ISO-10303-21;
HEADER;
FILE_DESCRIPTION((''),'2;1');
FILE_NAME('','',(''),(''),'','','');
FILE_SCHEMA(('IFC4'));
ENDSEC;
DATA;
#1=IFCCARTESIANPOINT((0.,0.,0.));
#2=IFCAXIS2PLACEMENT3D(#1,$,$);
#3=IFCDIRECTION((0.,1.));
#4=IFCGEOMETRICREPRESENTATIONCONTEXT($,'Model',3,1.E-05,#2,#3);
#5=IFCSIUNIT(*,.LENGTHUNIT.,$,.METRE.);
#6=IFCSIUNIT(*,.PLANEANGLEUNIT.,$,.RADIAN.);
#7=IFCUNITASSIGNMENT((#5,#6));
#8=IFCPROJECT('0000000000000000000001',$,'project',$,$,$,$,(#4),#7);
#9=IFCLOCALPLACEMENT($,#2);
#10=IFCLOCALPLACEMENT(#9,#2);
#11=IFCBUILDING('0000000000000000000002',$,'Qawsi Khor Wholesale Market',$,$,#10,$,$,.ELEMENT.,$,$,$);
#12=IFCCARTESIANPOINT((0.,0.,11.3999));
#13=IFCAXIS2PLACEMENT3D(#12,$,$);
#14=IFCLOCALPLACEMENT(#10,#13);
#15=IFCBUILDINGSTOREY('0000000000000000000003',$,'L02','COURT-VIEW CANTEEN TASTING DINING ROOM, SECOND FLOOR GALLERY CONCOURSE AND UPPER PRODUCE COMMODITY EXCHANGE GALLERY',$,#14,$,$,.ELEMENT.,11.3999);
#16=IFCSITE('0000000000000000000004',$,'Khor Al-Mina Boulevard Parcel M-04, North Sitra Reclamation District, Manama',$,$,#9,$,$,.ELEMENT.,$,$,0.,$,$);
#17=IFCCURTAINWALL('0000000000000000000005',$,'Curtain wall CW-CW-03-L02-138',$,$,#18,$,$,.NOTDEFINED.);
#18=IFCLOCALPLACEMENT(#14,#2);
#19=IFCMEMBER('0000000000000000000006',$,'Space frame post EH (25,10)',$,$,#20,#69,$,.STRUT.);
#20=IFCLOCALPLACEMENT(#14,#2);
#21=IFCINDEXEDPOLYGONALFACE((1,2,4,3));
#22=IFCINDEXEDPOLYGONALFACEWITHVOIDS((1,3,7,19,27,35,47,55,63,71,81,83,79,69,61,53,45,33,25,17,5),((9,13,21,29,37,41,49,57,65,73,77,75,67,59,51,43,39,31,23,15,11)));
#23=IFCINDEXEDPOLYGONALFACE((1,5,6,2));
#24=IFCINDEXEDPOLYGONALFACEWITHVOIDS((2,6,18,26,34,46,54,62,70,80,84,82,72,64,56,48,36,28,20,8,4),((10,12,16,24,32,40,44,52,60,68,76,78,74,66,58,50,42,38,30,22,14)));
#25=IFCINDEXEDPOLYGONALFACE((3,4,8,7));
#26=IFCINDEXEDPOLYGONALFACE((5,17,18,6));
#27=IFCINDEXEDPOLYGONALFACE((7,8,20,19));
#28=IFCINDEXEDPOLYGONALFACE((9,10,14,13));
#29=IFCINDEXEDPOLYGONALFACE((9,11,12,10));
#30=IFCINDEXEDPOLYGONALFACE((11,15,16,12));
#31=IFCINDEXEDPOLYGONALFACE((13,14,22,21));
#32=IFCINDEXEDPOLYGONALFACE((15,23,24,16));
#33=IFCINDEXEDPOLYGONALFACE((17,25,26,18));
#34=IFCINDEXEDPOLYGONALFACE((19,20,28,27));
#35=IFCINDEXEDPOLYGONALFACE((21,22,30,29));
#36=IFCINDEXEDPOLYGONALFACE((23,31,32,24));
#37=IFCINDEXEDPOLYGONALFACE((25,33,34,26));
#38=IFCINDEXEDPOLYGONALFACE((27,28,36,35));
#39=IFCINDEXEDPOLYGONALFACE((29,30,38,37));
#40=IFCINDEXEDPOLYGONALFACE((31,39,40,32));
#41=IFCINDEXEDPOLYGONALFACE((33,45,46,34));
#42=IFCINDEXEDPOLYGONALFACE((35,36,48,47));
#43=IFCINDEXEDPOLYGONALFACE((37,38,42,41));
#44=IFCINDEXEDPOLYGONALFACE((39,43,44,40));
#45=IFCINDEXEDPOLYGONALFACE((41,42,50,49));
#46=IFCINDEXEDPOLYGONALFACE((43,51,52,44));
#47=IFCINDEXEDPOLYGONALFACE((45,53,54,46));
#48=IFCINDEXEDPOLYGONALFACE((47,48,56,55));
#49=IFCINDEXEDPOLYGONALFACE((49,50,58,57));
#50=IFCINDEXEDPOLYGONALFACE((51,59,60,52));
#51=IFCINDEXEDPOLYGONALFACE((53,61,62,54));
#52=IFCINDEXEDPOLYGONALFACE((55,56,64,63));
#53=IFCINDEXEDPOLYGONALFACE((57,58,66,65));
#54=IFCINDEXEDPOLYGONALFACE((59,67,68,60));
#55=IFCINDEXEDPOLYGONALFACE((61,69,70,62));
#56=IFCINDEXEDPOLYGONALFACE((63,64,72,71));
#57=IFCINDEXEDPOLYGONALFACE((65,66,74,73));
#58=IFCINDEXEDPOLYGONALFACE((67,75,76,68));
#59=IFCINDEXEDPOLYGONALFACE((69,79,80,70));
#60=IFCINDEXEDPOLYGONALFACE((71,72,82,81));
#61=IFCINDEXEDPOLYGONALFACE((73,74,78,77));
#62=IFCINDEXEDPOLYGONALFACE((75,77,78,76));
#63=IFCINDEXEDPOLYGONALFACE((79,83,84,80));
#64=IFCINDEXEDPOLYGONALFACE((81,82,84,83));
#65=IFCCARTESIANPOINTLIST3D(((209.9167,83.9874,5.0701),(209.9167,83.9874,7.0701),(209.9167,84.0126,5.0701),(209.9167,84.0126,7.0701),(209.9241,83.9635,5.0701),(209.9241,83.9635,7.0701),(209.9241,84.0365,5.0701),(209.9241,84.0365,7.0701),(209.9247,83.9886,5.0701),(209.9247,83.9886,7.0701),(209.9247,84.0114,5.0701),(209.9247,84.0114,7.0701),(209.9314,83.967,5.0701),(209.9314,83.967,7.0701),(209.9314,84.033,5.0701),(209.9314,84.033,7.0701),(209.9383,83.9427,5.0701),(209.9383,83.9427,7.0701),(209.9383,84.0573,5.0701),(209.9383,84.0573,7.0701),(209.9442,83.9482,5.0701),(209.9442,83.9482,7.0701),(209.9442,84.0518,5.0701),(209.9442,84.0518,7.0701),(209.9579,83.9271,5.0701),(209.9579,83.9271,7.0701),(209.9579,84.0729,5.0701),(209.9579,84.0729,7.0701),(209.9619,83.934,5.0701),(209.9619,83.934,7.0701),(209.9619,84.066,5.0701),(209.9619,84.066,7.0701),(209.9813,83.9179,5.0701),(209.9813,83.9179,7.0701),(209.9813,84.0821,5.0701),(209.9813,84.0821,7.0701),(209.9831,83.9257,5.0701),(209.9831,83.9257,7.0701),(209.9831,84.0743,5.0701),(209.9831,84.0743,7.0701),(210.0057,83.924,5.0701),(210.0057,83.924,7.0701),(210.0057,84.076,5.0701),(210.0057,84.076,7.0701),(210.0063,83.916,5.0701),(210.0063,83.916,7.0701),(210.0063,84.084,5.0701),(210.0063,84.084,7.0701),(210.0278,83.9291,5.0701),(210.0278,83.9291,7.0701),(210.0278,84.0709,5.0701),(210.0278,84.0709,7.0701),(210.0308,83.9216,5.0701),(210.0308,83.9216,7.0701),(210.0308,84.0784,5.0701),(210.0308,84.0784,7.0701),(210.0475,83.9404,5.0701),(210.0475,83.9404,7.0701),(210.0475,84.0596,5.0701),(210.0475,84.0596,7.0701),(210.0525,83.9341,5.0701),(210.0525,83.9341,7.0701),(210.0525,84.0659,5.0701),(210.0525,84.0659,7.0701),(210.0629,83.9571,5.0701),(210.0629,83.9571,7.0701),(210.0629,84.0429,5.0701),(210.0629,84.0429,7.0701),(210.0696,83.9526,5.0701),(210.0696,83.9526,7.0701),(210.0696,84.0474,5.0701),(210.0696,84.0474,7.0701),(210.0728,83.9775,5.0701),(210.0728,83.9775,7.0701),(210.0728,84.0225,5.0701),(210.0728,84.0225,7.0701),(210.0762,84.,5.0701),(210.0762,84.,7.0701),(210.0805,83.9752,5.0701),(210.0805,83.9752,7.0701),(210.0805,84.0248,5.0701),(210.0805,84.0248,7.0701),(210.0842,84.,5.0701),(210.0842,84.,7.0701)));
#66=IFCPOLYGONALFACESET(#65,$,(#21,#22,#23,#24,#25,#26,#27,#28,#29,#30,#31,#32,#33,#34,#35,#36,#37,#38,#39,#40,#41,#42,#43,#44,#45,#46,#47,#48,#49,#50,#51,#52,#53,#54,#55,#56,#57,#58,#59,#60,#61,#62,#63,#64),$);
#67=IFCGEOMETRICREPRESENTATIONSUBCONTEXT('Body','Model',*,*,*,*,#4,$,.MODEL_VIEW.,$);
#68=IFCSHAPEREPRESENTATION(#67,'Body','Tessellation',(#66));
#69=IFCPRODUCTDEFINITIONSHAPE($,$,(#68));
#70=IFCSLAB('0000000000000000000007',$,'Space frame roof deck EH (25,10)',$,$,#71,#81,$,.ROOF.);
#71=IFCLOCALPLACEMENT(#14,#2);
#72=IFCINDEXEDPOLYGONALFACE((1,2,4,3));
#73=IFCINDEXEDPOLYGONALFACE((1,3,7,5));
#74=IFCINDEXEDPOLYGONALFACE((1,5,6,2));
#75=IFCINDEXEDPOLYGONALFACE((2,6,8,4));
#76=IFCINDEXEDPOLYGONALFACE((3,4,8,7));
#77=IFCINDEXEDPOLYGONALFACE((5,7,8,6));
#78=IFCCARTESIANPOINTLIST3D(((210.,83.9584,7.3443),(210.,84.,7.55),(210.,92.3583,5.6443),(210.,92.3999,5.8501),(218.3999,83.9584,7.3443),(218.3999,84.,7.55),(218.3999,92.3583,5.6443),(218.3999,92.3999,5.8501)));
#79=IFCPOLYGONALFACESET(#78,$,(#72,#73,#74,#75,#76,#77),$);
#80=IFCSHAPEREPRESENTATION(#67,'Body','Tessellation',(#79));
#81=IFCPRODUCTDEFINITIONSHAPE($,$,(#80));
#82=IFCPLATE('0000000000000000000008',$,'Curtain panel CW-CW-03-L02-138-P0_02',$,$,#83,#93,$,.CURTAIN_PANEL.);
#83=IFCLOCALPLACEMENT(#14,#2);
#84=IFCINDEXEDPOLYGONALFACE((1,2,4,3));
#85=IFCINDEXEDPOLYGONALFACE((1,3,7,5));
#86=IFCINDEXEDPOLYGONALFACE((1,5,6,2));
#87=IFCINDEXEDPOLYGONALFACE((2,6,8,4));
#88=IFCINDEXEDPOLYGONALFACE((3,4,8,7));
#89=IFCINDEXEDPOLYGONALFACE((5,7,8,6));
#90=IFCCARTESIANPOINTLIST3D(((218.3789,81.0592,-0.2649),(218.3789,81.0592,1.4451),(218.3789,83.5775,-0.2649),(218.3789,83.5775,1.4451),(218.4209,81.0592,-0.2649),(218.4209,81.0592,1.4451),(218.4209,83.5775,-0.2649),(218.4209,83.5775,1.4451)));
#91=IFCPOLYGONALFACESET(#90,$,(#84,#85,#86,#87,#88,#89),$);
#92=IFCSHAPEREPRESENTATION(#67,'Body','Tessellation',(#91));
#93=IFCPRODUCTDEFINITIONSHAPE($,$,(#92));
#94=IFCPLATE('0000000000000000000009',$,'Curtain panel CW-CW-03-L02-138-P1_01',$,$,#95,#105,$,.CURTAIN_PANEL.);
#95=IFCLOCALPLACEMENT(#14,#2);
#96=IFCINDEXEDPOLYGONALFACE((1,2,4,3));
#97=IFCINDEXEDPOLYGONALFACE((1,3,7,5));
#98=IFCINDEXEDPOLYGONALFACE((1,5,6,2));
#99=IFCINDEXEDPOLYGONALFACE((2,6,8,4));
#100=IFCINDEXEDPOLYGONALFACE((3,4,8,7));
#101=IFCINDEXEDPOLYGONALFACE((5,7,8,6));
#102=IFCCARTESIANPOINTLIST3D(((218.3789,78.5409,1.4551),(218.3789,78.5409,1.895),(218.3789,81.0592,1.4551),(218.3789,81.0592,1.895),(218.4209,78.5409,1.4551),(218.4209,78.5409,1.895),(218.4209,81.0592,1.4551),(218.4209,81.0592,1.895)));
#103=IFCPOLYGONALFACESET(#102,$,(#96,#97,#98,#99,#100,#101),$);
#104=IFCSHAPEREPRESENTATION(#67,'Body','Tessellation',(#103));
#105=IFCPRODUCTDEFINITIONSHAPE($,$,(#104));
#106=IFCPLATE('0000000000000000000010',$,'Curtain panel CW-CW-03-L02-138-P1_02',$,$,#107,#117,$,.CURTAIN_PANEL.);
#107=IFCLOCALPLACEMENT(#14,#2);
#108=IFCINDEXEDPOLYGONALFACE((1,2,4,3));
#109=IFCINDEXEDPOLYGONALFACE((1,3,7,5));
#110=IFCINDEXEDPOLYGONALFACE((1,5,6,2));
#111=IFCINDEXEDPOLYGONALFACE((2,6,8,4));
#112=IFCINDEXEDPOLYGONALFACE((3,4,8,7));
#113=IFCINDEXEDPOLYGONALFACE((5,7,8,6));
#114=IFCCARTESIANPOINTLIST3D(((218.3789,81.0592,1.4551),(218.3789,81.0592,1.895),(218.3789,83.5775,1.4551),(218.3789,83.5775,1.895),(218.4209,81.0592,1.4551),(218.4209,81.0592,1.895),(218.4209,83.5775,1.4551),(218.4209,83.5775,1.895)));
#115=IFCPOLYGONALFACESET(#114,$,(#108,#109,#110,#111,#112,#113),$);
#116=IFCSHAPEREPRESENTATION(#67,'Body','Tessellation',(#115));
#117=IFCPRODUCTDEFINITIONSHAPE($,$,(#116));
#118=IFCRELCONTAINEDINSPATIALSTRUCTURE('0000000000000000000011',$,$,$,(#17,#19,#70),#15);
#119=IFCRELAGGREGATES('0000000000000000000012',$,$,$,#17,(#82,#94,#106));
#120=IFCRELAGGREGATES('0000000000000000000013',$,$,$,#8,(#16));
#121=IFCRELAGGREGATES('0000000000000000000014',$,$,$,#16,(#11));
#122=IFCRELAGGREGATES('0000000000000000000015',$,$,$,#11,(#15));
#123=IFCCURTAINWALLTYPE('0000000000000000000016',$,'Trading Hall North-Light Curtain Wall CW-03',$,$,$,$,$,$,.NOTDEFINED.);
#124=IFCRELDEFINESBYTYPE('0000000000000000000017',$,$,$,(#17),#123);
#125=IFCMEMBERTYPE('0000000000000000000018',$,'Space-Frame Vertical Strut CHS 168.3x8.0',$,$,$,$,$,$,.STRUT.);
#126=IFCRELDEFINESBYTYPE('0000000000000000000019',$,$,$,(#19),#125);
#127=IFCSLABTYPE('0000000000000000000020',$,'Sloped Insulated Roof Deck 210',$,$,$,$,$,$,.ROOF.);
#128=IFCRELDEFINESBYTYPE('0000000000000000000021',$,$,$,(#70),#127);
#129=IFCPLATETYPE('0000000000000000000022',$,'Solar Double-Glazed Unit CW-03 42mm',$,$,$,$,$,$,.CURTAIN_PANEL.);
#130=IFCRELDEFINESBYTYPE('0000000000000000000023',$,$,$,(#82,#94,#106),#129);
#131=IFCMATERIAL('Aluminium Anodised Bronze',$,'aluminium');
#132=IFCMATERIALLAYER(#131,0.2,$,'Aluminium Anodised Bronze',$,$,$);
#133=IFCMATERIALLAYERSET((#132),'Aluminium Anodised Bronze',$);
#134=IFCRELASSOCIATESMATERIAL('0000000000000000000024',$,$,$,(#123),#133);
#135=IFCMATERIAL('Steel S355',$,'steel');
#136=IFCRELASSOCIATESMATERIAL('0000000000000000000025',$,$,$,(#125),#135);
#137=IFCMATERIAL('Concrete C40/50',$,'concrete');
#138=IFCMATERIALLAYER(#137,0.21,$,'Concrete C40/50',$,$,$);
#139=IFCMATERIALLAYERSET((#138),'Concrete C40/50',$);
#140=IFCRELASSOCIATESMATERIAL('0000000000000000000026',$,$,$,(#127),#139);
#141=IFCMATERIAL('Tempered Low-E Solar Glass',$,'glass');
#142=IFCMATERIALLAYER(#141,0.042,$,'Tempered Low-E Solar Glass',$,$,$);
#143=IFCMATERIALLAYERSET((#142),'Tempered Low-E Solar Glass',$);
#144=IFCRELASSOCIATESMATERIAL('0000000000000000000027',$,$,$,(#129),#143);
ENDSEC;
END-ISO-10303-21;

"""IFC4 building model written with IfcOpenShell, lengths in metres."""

from ifc_helpers import new_model, si_unit, direction, frame, frame_2d, origin, origin_2d, place, context, subcontext, project, spatial, polyline, rectangle, hollow_circle, outline, extrude, material, layer, layer_set, material_profile, profile_set, type_object, element, aggregate, save


model = new_model("IFC4")

# Units and contexts
model_context = context("Model", 3, precision=1e-05, world=origin(), true_north=direction((0.0, 1.0)))
body_context = subcontext(model_context, "Body", "Model", "MODEL_VIEW")
ifc_project = project(units=[si_unit("LENGTHUNIT", "METRE"), si_unit("PLANEANGLEUNIT", "RADIAN")], contexts=[model_context])

# Site, building, storey
site_placement = place(None, origin())
site = spatial("IfcSite", under=ifc_project, at=site_placement, Name="Khor Al-Mina Boulevard Parcel M-04, North Sitra Reclamation District, Manama", CompositionType="ELEMENT", RefElevation=0.0)
building_placement = place(site_placement, origin())
building = spatial("IfcBuilding", under=site, at=building_placement, Name="Qawsi Khor Wholesale Market", CompositionType="ELEMENT")
storey_placement = place(building_placement, frame((0.0, 0.0, 11.3999)))
storey = spatial("IfcBuildingStorey", under=building, at=storey_placement, Name="L02", Description="COURT-VIEW CANTEEN TASTING DINING ROOM, SECOND FLOOR GALLERY CONCOURSE AND UPPER PRODUCE COMMODITY EXCHANGE GALLERY", CompositionType="ELEMENT", Elevation=11.3999)

# Shared definitions
ifc_material_1 = material(Name="Concrete C40/50", Category="concrete")

# Curtain wall
ifc_material_2 = material(Name="Aluminium Anodised Bronze", Category="aluminium")
ifc_layer_1 = layer(ifc_material_2, 0.2, Name="Aluminium Anodised Bronze")
ifc_layer_set_1 = layer_set([ifc_layer_1], Name="Aluminium Anodised Bronze")
curtain_wall_type = type_object("IfcCurtainWallType", Name="Trading Hall North-Light Curtain Wall CW-03", PredefinedType="NOTDEFINED", material=ifc_layer_set_1)
curtain_wall_placement = place(storey_placement, origin())
curtain_wall = element("IfcCurtainWall", 1, at=curtain_wall_placement, inside=storey, type_object=curtain_wall_type, Name="Curtain wall CW-CW-03-L02-138", PredefinedType="NOTDEFINED")

# Member
ifc_material_3 = material(Name="Steel S355", Category="steel")
ifc_material_profile_1 = material_profile(ifc_material_3, hollow_circle(Radius=0.0842, WallThickness=0.0081, at=origin_2d()), Name="CHS 168.3x8.0")
ifc_profile_set_1 = profile_set([ifc_material_profile_1], Name="Steel S355")
member_type_1 = type_object("IfcMemberType", Name="Space-Frame Vertical Strut CHS 168.3x8.0", PredefinedType="STRUT", material=ifc_profile_set_1)
member_1_placement = place(storey_placement, frame((210.0, 84.0, 5.0701), z_axis=(0.0, 0.0, 1.0), x_axis=(1.0, 0.0, 0.0)))
element("IfcMember", 2, at=member_1_placement, inside=storey, type_object=member_type_1, Name="Space frame post EH (25,10)", PredefinedType="STRUT", context=body_context, shape_type="SweptSolid", body=[
    extrude(hollow_circle(Radius=0.0842, WallThickness=0.0081, at=origin_2d()), origin(), (0.0, 0.0, 1.0), 2.0),
])

# Slab
ifc_layer_2 = layer(ifc_material_1, 0.21, Name="Concrete C40/50")
ifc_layer_set_2 = layer_set([ifc_layer_2], Name="Concrete C40/50")
slab_type = type_object("IfcSlabType", Name="Sloped Insulated Roof Deck 210", PredefinedType="ROOF", material=ifc_layer_set_2)
slab_placement = place(storey_placement, frame((210.0, 84.0, 7.55), z_axis=(0.0, 0.198356, 0.98013), x_axis=(1.0, 0.0, 0.0)))
element("IfcSlab", 3, at=slab_placement, inside=storey, type_object=slab_type, Name="Space frame roof deck EH (25,10)", PredefinedType="ROOF", context=body_context, shape_type="SweptSolid", body=[
    extrude(outline(polyline([(0.0, 0.0), (8.3999, 0.0), (8.3999, 8.5702), (0.0, 8.5702), (0.0, 0.0)])), origin(), (0.0, 0.0, -1.0), 0.21),
])

# Plates
ifc_material_4 = material(Name="Tempered Low-E Solar Glass", Category="glass")
ifc_layer_3 = layer(ifc_material_4, 0.042, Name="Tempered Low-E Solar Glass")
ifc_layer_set_3 = layer_set([ifc_layer_3], Name="Tempered Low-E Solar Glass")
plate_type = type_object("IfcPlateType", Name="Solar Double-Glazed Unit CW-03 42mm", PredefinedType="CURTAIN_PANEL", material=ifc_layer_set_3)
plate_1_placement = place(storey_placement, frame((218.3999, 81.0591, -0.2649), z_axis=(0.0, 0.0, 1.0), x_axis=(0.0, 1.0, 0.0)))
plate_1 = element("IfcPlate", 4, at=plate_1_placement, type_object=plate_type, Name="Curtain panel CW-CW-03-L02-138-P0_02", PredefinedType="CURTAIN_PANEL", context=body_context, shape_type="SweptSolid", body=[
    extrude(rectangle(XDim=2.5183, YDim=0.042, at=frame_2d((1.2593, 0.0))), origin(), (0.0, 0.0, 1.0), 1.71),
])
plate_2_placement = place(storey_placement, frame((218.3999, 78.5408, 1.4551), z_axis=(0.0, 0.0, 1.0), x_axis=(0.0, 1.0, 0.0)))
plate_2 = element("IfcPlate", 5, at=plate_2_placement, type_object=plate_type, Name="Curtain panel CW-CW-03-L02-138-P1_01", PredefinedType="CURTAIN_PANEL", context=body_context, shape_type="SweptSolid", body=[
    extrude(rectangle(XDim=2.5183, YDim=0.042, at=frame_2d((1.2593, 0.0))), origin(), (0.0, 0.0, 1.0), 0.4399),
])
plate_3_placement = place(storey_placement, frame((218.3999, 81.0591, 1.4551), z_axis=(0.0, 0.0, 1.0), x_axis=(0.0, 1.0, 0.0)))
plate_3 = element("IfcPlate", 6, at=plate_3_placement, type_object=plate_type, Name="Curtain panel CW-CW-03-L02-138-P1_02", PredefinedType="CURTAIN_PANEL", context=body_context, shape_type="SweptSolid", body=[
    extrude(rectangle(XDim=2.5183, YDim=0.042, at=frame_2d((1.2593, 0.0))), origin(), (0.0, 0.0, 1.0), 0.4399),
])
aggregate(curtain_wall, [plate_1, plate_2, plate_3])

save(model, "model.ifc")
